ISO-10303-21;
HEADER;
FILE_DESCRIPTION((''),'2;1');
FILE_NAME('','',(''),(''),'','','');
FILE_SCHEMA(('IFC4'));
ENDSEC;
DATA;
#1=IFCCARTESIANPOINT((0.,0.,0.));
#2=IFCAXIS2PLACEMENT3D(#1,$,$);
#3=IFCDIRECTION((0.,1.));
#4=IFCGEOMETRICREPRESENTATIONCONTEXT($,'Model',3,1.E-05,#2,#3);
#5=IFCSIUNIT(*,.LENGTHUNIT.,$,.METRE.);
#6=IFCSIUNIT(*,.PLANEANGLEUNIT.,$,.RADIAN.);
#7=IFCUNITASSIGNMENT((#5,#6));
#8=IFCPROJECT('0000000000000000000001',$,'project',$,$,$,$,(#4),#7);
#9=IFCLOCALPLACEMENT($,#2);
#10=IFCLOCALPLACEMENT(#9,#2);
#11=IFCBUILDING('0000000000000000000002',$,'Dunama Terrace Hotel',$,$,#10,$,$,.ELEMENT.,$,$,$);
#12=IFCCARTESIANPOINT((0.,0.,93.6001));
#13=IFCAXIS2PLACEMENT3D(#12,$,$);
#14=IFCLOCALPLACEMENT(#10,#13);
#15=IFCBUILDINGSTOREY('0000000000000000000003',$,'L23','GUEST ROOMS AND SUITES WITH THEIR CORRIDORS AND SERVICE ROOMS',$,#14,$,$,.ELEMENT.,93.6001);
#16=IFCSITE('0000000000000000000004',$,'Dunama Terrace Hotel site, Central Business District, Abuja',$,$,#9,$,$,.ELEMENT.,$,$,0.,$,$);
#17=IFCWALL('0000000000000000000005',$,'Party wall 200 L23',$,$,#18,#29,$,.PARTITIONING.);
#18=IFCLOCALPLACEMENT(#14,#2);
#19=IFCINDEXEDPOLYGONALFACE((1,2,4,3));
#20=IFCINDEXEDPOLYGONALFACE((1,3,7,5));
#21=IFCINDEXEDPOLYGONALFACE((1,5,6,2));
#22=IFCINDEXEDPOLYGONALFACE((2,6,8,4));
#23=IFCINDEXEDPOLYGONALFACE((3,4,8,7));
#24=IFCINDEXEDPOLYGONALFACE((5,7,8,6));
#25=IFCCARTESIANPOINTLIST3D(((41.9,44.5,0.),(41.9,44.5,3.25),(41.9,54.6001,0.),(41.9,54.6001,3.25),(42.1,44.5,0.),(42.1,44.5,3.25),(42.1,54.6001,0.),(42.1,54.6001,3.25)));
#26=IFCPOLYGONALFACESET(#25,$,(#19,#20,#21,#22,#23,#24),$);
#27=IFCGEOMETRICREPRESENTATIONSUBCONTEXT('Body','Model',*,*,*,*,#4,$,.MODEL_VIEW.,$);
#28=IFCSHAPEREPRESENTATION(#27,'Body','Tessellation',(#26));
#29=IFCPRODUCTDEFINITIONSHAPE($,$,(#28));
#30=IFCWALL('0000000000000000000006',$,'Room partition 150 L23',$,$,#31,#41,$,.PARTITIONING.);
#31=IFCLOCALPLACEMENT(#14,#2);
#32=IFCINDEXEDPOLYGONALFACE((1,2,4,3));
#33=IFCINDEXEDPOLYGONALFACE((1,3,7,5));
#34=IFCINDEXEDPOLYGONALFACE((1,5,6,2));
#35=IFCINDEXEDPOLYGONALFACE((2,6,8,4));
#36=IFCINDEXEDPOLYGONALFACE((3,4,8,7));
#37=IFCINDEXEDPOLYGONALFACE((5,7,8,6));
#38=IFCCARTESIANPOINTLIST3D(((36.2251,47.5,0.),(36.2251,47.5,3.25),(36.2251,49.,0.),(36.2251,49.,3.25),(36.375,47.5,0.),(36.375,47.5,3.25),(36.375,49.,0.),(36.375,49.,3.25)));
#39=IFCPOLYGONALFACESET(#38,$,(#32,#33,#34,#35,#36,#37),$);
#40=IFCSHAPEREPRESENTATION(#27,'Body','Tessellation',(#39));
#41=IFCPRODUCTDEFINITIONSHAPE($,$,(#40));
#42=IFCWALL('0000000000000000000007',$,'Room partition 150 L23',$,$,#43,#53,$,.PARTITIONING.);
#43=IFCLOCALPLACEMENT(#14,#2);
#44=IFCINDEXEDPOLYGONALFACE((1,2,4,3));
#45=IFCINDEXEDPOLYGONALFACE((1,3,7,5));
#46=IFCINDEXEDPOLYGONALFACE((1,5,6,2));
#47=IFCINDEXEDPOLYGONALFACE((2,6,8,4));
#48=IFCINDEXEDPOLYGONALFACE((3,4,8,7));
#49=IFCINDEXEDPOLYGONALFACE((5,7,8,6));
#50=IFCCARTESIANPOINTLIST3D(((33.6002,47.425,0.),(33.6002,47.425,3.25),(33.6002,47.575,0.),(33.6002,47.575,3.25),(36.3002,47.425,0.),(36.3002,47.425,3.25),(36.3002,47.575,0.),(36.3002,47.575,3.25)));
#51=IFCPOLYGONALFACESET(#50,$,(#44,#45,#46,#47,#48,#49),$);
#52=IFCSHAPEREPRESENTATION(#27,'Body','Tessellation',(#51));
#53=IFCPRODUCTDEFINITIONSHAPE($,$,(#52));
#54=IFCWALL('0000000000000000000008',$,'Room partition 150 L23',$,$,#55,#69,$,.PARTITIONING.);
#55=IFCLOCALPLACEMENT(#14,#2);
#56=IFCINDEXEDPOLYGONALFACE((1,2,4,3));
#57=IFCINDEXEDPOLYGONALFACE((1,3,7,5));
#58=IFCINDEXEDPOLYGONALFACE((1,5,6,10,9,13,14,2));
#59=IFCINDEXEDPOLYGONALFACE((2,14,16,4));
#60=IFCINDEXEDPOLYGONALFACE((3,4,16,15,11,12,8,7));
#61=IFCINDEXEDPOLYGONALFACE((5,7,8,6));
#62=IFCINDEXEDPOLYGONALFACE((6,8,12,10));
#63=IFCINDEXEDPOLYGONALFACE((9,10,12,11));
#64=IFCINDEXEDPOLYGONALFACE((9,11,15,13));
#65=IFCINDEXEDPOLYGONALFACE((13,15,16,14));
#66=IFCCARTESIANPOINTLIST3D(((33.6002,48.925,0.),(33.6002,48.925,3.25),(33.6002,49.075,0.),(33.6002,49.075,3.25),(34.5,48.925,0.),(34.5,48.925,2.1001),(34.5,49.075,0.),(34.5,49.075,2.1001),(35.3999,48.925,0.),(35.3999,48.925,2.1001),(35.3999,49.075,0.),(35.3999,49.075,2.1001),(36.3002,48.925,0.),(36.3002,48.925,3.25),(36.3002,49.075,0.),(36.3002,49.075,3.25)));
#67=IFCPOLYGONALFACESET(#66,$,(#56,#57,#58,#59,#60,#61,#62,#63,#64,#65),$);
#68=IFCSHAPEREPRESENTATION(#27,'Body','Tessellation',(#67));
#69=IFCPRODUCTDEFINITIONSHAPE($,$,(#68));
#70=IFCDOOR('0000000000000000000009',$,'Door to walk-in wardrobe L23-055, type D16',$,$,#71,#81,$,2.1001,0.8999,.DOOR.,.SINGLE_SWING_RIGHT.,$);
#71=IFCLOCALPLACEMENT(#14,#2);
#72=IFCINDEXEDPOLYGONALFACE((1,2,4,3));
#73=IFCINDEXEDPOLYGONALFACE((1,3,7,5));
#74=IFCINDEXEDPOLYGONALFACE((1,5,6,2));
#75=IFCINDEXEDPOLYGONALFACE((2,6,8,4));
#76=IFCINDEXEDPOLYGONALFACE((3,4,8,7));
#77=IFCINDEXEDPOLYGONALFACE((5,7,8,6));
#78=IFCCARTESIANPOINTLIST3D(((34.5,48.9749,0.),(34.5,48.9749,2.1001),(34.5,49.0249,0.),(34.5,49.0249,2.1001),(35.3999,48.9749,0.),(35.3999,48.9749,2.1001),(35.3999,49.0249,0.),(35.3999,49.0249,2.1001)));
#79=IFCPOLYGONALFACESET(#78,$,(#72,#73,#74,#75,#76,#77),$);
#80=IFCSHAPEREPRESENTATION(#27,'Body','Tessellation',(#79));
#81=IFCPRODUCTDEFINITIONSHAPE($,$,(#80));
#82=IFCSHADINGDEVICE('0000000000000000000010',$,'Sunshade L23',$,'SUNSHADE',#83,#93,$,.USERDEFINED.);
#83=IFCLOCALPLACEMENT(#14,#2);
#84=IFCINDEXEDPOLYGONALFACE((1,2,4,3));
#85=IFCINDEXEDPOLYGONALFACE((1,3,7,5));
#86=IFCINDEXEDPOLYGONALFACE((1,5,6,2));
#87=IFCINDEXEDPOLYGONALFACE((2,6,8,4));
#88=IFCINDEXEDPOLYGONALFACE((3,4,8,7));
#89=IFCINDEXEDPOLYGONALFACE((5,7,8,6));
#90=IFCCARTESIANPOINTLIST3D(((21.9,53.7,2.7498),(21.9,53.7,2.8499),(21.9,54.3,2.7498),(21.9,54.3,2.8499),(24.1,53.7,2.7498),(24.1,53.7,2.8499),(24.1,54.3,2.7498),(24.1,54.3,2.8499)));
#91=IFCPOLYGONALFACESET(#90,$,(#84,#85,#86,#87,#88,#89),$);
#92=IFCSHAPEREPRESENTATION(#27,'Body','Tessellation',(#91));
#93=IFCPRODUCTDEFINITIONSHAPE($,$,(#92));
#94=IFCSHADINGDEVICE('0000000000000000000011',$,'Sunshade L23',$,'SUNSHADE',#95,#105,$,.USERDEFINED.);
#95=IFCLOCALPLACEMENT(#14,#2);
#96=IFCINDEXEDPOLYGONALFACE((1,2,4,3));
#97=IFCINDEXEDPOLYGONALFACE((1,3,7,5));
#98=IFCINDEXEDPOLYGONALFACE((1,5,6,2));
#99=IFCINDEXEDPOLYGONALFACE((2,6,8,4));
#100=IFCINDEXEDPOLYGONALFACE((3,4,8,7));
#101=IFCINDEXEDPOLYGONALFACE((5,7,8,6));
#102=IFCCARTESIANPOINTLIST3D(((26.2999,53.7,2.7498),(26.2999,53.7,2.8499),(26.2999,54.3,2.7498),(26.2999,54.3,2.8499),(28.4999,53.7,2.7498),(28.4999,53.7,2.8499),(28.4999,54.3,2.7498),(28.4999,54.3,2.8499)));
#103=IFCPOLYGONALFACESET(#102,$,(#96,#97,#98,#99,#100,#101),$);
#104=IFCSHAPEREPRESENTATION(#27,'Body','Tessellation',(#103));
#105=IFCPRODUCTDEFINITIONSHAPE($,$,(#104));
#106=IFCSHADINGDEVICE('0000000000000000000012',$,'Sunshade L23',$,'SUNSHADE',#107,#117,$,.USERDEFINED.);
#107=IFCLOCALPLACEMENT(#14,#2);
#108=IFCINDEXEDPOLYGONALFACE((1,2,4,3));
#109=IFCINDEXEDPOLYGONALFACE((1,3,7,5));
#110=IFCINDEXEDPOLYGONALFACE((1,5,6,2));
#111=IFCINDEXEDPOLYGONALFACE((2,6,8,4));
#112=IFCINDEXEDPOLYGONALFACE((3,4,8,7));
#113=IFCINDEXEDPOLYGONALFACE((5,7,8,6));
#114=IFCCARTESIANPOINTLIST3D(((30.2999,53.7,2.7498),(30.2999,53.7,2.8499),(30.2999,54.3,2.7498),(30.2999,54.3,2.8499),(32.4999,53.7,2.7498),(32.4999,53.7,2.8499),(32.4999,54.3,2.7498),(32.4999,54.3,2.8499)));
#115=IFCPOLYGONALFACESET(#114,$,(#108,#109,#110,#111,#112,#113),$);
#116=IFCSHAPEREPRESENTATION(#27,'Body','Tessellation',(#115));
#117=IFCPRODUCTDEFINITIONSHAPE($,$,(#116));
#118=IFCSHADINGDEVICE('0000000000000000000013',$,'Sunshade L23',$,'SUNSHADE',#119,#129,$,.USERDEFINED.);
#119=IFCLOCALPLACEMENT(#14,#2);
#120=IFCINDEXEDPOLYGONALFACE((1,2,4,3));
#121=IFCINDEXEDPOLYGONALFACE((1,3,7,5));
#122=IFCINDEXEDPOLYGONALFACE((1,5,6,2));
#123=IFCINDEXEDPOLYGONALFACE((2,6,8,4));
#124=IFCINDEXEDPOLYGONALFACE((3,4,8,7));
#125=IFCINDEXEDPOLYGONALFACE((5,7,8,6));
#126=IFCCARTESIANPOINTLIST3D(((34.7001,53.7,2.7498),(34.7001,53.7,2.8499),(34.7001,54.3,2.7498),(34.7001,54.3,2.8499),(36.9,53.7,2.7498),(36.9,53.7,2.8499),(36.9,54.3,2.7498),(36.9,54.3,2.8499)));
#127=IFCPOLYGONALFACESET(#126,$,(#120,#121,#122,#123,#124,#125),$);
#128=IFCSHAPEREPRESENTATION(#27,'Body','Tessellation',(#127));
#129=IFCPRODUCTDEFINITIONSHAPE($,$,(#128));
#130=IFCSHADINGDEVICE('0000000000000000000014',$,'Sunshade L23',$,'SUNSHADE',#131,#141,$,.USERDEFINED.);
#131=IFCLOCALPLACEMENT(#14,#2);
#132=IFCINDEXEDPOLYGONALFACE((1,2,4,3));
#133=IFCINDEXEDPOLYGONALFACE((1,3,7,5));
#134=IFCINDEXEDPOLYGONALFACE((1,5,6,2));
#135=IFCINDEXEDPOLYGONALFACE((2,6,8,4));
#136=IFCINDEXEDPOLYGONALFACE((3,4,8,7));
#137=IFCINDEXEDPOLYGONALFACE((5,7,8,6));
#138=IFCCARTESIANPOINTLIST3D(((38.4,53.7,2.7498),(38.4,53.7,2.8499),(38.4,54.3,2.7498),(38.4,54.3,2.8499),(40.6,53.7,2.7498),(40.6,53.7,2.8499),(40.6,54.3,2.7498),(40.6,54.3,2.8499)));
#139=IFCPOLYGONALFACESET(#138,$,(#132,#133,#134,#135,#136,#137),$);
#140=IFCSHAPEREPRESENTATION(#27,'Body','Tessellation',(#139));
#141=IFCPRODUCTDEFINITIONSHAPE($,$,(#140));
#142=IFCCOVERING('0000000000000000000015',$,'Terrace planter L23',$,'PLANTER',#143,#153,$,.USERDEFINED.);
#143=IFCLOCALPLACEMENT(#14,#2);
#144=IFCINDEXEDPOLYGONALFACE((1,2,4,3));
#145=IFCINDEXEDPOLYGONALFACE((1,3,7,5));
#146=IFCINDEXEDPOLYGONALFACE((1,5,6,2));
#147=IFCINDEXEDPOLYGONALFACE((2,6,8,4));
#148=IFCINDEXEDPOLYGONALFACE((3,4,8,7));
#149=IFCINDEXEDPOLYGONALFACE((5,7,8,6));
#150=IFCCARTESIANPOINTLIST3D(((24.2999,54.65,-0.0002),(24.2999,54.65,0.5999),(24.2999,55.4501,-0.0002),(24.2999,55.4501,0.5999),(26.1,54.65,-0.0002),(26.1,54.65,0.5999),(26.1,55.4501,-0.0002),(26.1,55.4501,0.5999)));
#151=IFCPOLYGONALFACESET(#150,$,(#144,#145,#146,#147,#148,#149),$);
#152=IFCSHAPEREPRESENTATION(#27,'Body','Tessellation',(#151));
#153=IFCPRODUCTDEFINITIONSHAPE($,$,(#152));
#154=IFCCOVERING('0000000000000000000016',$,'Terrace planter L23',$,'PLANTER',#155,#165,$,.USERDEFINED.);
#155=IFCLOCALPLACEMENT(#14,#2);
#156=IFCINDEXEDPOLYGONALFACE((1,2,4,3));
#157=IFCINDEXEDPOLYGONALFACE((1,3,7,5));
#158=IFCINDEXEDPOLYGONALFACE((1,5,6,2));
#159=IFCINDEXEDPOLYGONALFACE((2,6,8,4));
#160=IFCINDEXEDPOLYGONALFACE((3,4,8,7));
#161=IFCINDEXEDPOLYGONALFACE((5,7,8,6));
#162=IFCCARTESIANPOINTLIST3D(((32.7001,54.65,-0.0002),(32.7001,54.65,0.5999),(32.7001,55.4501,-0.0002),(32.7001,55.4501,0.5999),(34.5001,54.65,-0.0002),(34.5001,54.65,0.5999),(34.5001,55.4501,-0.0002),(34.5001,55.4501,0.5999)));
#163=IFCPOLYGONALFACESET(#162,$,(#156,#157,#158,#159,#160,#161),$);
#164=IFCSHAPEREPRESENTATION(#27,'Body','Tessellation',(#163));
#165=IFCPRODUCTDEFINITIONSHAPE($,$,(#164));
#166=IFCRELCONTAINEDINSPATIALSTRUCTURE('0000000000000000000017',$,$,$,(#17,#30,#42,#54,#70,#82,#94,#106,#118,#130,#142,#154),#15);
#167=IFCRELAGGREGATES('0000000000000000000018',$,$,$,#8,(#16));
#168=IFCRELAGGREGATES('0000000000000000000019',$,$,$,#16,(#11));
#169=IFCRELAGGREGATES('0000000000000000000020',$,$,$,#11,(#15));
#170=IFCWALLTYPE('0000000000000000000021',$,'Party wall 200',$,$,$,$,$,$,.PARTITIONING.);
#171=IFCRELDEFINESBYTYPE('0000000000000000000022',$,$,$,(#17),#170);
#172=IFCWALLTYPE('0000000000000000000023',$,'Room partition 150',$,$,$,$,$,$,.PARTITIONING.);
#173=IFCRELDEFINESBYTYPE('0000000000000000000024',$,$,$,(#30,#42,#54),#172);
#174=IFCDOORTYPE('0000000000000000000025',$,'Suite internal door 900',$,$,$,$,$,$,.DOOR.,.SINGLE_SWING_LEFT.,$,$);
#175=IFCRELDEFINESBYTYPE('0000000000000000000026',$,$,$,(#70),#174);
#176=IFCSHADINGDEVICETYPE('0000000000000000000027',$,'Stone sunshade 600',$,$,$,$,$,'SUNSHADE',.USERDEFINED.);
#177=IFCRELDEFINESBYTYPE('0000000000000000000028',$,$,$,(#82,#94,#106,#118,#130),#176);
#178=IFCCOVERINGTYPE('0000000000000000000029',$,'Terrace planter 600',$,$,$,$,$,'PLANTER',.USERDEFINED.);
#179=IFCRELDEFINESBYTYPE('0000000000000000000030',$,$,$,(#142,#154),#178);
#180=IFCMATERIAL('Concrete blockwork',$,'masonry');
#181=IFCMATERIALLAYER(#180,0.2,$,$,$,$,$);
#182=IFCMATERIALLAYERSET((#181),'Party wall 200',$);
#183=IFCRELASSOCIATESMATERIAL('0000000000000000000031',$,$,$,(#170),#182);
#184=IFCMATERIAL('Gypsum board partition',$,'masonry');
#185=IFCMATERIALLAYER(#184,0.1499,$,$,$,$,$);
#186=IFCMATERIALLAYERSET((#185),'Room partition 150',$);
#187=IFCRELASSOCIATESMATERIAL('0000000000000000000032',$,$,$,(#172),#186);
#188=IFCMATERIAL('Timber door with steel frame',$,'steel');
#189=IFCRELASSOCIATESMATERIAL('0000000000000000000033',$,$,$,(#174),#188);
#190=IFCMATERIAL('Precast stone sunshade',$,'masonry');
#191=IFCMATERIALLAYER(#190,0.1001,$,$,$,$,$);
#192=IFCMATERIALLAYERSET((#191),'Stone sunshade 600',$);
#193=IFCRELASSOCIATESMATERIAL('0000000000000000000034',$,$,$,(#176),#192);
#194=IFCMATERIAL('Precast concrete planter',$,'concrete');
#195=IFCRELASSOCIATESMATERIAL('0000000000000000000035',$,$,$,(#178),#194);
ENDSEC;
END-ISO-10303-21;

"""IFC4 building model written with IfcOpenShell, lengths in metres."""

from ifc_helpers import new_model, si_unit, direction, frame, frame_2d, origin, origin_2d, place, context, subcontext, project, spatial, rectangle, extrude, material, layer, layer_set, type_object, element, fill, save


model = new_model("IFC4")

# Units and contexts
model_context = context("Model", 3, precision=1e-05, world=origin(), true_north=direction((0.0, 1.0)))
body_context = subcontext(model_context, "Body", "Model", "MODEL_VIEW")
ifc_project = project(units=[si_unit("LENGTHUNIT", "METRE"), si_unit("PLANEANGLEUNIT", "RADIAN")], contexts=[model_context])

# Site, building, storey
site_placement = place(None, origin())
site = spatial("IfcSite", under=ifc_project, at=site_placement, Name="Dunama Terrace Hotel site, Central Business District, Abuja", CompositionType="ELEMENT", RefElevation=0.0)
building_placement = place(site_placement, origin())
building = spatial("IfcBuilding", under=site, at=building_placement, Name="Dunama Terrace Hotel", CompositionType="ELEMENT")
storey_placement = place(building_placement, frame((0.0, 0.0, 93.6001)))
storey = spatial("IfcBuildingStorey", under=building, at=storey_placement, Name="L23", Description="GUEST ROOMS AND SUITES WITH THEIR CORRIDORS AND SERVICE ROOMS", CompositionType="ELEMENT", Elevation=93.6001)

# Walls
ifc_material_1 = material(Name="Concrete blockwork", Category="masonry")
ifc_layer_1 = layer(ifc_material_1, 0.2)
ifc_layer_set_1 = layer_set([ifc_layer_1], Name="Party wall 200")
wall_type_1 = type_object("IfcWallType", Name="Party wall 200", PredefinedType="PARTITIONING", material=ifc_layer_set_1)
for number, where, z_axis, x_axis, name in (
    (1, (42.0, 44.5, 0.0), (0.0, 0.0, 1.0), (0.0, 1.0, 0.0), "Party wall 200 L23"),
):
    element("IfcWall", number, at=place(storey_placement, frame(where, z_axis=z_axis, x_axis=x_axis)), inside=storey, type_object=wall_type_1, Name=name, PredefinedType="PARTITIONING", context=body_context, shape_type="SweptSolid", body=[
        extrude(rectangle(XDim=10.1001, YDim=0.2, at=frame_2d((5.05, 0.0))), origin(), (0.0, 0.0, 1.0), 3.25),
    ])
ifc_material_2 = material(Name="Gypsum board partition", Category="masonry")
ifc_layer_2 = layer(ifc_material_2, 0.1499)
ifc_layer_set_2 = layer_set([ifc_layer_2], Name="Room partition 150")
wall_type_2 = type_object("IfcWallType", Name="Room partition 150", PredefinedType="PARTITIONING", material=ifc_layer_set_2)
wall_1_placement = place(storey_placement, frame((36.3, 47.5, 0.0), z_axis=(0.0, 0.0, 1.0), x_axis=(0.0, 1.0, 0.0)))
element("IfcWall", 2, at=wall_1_placement, inside=storey, type_object=wall_type_2, Name="Room partition 150 L23", PredefinedType="PARTITIONING", context=body_context, shape_type="SweptSolid", body=[
    extrude(rectangle(XDim=1.5, YDim=0.1499, at=frame_2d((0.75, 0.0))), origin(), (0.0, 0.0, 1.0), 3.25),
])
wall_2_placement = place(storey_placement, frame((33.6001, 47.5, 0.0), z_axis=(0.0, 0.0, 1.0), x_axis=(1.0, 0.0, 0.0)))
element("IfcWall", 3, at=wall_2_placement, inside=storey, type_object=wall_type_2, Name="Room partition 150 L23", PredefinedType="PARTITIONING", context=body_context, shape_type="SweptSolid", body=[
    extrude(rectangle(XDim=2.7, YDim=0.1499, at=frame_2d((1.3501, 0.0))), origin(), (0.0, 0.0, 1.0), 3.25),
])

# Wall, opening, door
wall_3_placement = place(storey_placement, frame((33.6001, 49.0, 0.0), z_axis=(0.0, 0.0, 1.0), x_axis=(1.0, 0.0, 0.0)))
wall_3 = element("IfcWall", 4, at=wall_3_placement, inside=storey, type_object=wall_type_2, Name="Room partition 150 L23", PredefinedType="PARTITIONING", context=body_context, shape_type="SweptSolid", body=[
    extrude(rectangle(XDim=2.7, YDim=0.1499, at=frame_2d((1.3501, 0.0))), origin(), (0.0, 0.0, 1.0), 3.25),
])
opening_1_placement = place(wall_3_placement, frame((0.8999, 0.0, 0.0)))
opening_1 = element("IfcOpeningElement", 5, at=opening_1_placement, cuts=wall_3, PredefinedType="OPENING", context=body_context, shape_type="SweptSolid", body=[
    extrude(rectangle(XDim=0.8999, YDim=2.1001, at=frame_2d((0.45, 1.05))), frame((0.0, 0.085, 0.0), z_axis=(0.0, -1.0, 0.0), x_axis=(1.0, 0.0, 0.0)), (0.0, 0.0, 1.0), 0.1699),
])
ifc_material_3 = material(Name="Timber door with steel frame", Category="steel")
door_type_1 = type_object("IfcDoorType", Name="Suite internal door 900", OperationType="SINGLE_SWING_LEFT", PredefinedType="DOOR", material=ifc_material_3)
door_1_placement = place(opening_1_placement, frame((0.8999, 0.0, 0.0), z_axis=(0.0, 0.0, 1.0), x_axis=(-1.0, 0.0, 0.0)))
door_1 = element("IfcDoor", 6, at=door_1_placement, inside=storey, type_object=door_type_1, Name="Door to walk-in wardrobe L23-055, type D16", OperationType="SINGLE_SWING_RIGHT", OverallHeight=2.1001, OverallWidth=0.8999, PredefinedType="DOOR", context=body_context, shape_type="SweptSolid", body=[
    extrude(rectangle(XDim=0.8999, YDim=2.1001, at=frame_2d((0.45, 1.05))), frame((0.0, 0.0251, 0.0), z_axis=(0.0, -1.0, 0.0), x_axis=(1.0, 0.0, 0.0)), (0.0, 0.0, 1.0), 0.05),
])
fill(opening_1, door_1)

# Shading devices
ifc_material_4 = material(Name="Precast stone sunshade", Category="masonry")
ifc_layer_3 = layer(ifc_material_4, 0.1001)
ifc_layer_set_3 = layer_set([ifc_layer_3], Name="Stone sunshade 600")
shading_device_type = type_object("IfcShadingDeviceType", Name="Stone sunshade 600", ElementType="SUNSHADE", PredefinedType="USERDEFINED", material=ifc_layer_set_3)
for number, where, z_axis, x_axis, name in (
    (7, (23.0, 54.0, 2.7498), (0.0, 0.0, 1.0), (-1.0, 0.0, 0.0), "Sunshade L23"),
    (8, (27.3999, 54.0, 2.7498), (0.0, 0.0, 1.0), (-1.0, 0.0, 0.0), "Sunshade L23"),
    (9, (31.3999, 54.0, 2.7498), (0.0, 0.0, 1.0), (-1.0, 0.0, 0.0), "Sunshade L23"),
    (10, (35.8, 54.0, 2.7498), (0.0, 0.0, 1.0), (-1.0, 0.0, 0.0), "Sunshade L23"),
    (11, (39.5, 54.0, 2.7498), (0.0, 0.0, 1.0), (-1.0, 0.0, 0.0), "Sunshade L23"),
):
    element("IfcShadingDevice", number, at=place(storey_placement, frame(where, z_axis=z_axis, x_axis=x_axis)), inside=storey, type_object=shading_device_type, Name=name, ObjectType="SUNSHADE", PredefinedType="USERDEFINED", context=body_context, shape_type="SweptSolid", body=[
        extrude(rectangle(XDim=2.2, YDim=0.6001, at=origin_2d()), origin(), (0.0, 0.0, 1.0), 0.1001),
    ])

# Coverings
ifc_material_5 = material(Name="Precast concrete planter", Category="concrete")
covering_type = type_object("IfcCoveringType", Name="Terrace planter 600", ElementType="PLANTER", PredefinedType="USERDEFINED", material=ifc_material_5)
for number, where, z_axis, x_axis, name in (
    (12, (25.2, 55.05, -0.0002), (0.0, 0.0, 1.0), (1.0, 0.0, 0.0), "Terrace planter L23"),
    (13, (33.6001, 55.05, -0.0002), (0.0, 0.0, 1.0), (1.0, 0.0, 0.0), "Terrace planter L23"),
):
    element("IfcCovering", number, at=place(storey_placement, frame(where, z_axis=z_axis, x_axis=x_axis)), inside=storey, type_object=covering_type, Name=name, ObjectType="PLANTER", PredefinedType="USERDEFINED", context=body_context, shape_type="SweptSolid", body=[
        extrude(rectangle(XDim=1.8, YDim=0.8, at=origin_2d()), origin(), (0.0, 0.0, 1.0), 0.6001),
    ])

save(model, "model.ifc")
